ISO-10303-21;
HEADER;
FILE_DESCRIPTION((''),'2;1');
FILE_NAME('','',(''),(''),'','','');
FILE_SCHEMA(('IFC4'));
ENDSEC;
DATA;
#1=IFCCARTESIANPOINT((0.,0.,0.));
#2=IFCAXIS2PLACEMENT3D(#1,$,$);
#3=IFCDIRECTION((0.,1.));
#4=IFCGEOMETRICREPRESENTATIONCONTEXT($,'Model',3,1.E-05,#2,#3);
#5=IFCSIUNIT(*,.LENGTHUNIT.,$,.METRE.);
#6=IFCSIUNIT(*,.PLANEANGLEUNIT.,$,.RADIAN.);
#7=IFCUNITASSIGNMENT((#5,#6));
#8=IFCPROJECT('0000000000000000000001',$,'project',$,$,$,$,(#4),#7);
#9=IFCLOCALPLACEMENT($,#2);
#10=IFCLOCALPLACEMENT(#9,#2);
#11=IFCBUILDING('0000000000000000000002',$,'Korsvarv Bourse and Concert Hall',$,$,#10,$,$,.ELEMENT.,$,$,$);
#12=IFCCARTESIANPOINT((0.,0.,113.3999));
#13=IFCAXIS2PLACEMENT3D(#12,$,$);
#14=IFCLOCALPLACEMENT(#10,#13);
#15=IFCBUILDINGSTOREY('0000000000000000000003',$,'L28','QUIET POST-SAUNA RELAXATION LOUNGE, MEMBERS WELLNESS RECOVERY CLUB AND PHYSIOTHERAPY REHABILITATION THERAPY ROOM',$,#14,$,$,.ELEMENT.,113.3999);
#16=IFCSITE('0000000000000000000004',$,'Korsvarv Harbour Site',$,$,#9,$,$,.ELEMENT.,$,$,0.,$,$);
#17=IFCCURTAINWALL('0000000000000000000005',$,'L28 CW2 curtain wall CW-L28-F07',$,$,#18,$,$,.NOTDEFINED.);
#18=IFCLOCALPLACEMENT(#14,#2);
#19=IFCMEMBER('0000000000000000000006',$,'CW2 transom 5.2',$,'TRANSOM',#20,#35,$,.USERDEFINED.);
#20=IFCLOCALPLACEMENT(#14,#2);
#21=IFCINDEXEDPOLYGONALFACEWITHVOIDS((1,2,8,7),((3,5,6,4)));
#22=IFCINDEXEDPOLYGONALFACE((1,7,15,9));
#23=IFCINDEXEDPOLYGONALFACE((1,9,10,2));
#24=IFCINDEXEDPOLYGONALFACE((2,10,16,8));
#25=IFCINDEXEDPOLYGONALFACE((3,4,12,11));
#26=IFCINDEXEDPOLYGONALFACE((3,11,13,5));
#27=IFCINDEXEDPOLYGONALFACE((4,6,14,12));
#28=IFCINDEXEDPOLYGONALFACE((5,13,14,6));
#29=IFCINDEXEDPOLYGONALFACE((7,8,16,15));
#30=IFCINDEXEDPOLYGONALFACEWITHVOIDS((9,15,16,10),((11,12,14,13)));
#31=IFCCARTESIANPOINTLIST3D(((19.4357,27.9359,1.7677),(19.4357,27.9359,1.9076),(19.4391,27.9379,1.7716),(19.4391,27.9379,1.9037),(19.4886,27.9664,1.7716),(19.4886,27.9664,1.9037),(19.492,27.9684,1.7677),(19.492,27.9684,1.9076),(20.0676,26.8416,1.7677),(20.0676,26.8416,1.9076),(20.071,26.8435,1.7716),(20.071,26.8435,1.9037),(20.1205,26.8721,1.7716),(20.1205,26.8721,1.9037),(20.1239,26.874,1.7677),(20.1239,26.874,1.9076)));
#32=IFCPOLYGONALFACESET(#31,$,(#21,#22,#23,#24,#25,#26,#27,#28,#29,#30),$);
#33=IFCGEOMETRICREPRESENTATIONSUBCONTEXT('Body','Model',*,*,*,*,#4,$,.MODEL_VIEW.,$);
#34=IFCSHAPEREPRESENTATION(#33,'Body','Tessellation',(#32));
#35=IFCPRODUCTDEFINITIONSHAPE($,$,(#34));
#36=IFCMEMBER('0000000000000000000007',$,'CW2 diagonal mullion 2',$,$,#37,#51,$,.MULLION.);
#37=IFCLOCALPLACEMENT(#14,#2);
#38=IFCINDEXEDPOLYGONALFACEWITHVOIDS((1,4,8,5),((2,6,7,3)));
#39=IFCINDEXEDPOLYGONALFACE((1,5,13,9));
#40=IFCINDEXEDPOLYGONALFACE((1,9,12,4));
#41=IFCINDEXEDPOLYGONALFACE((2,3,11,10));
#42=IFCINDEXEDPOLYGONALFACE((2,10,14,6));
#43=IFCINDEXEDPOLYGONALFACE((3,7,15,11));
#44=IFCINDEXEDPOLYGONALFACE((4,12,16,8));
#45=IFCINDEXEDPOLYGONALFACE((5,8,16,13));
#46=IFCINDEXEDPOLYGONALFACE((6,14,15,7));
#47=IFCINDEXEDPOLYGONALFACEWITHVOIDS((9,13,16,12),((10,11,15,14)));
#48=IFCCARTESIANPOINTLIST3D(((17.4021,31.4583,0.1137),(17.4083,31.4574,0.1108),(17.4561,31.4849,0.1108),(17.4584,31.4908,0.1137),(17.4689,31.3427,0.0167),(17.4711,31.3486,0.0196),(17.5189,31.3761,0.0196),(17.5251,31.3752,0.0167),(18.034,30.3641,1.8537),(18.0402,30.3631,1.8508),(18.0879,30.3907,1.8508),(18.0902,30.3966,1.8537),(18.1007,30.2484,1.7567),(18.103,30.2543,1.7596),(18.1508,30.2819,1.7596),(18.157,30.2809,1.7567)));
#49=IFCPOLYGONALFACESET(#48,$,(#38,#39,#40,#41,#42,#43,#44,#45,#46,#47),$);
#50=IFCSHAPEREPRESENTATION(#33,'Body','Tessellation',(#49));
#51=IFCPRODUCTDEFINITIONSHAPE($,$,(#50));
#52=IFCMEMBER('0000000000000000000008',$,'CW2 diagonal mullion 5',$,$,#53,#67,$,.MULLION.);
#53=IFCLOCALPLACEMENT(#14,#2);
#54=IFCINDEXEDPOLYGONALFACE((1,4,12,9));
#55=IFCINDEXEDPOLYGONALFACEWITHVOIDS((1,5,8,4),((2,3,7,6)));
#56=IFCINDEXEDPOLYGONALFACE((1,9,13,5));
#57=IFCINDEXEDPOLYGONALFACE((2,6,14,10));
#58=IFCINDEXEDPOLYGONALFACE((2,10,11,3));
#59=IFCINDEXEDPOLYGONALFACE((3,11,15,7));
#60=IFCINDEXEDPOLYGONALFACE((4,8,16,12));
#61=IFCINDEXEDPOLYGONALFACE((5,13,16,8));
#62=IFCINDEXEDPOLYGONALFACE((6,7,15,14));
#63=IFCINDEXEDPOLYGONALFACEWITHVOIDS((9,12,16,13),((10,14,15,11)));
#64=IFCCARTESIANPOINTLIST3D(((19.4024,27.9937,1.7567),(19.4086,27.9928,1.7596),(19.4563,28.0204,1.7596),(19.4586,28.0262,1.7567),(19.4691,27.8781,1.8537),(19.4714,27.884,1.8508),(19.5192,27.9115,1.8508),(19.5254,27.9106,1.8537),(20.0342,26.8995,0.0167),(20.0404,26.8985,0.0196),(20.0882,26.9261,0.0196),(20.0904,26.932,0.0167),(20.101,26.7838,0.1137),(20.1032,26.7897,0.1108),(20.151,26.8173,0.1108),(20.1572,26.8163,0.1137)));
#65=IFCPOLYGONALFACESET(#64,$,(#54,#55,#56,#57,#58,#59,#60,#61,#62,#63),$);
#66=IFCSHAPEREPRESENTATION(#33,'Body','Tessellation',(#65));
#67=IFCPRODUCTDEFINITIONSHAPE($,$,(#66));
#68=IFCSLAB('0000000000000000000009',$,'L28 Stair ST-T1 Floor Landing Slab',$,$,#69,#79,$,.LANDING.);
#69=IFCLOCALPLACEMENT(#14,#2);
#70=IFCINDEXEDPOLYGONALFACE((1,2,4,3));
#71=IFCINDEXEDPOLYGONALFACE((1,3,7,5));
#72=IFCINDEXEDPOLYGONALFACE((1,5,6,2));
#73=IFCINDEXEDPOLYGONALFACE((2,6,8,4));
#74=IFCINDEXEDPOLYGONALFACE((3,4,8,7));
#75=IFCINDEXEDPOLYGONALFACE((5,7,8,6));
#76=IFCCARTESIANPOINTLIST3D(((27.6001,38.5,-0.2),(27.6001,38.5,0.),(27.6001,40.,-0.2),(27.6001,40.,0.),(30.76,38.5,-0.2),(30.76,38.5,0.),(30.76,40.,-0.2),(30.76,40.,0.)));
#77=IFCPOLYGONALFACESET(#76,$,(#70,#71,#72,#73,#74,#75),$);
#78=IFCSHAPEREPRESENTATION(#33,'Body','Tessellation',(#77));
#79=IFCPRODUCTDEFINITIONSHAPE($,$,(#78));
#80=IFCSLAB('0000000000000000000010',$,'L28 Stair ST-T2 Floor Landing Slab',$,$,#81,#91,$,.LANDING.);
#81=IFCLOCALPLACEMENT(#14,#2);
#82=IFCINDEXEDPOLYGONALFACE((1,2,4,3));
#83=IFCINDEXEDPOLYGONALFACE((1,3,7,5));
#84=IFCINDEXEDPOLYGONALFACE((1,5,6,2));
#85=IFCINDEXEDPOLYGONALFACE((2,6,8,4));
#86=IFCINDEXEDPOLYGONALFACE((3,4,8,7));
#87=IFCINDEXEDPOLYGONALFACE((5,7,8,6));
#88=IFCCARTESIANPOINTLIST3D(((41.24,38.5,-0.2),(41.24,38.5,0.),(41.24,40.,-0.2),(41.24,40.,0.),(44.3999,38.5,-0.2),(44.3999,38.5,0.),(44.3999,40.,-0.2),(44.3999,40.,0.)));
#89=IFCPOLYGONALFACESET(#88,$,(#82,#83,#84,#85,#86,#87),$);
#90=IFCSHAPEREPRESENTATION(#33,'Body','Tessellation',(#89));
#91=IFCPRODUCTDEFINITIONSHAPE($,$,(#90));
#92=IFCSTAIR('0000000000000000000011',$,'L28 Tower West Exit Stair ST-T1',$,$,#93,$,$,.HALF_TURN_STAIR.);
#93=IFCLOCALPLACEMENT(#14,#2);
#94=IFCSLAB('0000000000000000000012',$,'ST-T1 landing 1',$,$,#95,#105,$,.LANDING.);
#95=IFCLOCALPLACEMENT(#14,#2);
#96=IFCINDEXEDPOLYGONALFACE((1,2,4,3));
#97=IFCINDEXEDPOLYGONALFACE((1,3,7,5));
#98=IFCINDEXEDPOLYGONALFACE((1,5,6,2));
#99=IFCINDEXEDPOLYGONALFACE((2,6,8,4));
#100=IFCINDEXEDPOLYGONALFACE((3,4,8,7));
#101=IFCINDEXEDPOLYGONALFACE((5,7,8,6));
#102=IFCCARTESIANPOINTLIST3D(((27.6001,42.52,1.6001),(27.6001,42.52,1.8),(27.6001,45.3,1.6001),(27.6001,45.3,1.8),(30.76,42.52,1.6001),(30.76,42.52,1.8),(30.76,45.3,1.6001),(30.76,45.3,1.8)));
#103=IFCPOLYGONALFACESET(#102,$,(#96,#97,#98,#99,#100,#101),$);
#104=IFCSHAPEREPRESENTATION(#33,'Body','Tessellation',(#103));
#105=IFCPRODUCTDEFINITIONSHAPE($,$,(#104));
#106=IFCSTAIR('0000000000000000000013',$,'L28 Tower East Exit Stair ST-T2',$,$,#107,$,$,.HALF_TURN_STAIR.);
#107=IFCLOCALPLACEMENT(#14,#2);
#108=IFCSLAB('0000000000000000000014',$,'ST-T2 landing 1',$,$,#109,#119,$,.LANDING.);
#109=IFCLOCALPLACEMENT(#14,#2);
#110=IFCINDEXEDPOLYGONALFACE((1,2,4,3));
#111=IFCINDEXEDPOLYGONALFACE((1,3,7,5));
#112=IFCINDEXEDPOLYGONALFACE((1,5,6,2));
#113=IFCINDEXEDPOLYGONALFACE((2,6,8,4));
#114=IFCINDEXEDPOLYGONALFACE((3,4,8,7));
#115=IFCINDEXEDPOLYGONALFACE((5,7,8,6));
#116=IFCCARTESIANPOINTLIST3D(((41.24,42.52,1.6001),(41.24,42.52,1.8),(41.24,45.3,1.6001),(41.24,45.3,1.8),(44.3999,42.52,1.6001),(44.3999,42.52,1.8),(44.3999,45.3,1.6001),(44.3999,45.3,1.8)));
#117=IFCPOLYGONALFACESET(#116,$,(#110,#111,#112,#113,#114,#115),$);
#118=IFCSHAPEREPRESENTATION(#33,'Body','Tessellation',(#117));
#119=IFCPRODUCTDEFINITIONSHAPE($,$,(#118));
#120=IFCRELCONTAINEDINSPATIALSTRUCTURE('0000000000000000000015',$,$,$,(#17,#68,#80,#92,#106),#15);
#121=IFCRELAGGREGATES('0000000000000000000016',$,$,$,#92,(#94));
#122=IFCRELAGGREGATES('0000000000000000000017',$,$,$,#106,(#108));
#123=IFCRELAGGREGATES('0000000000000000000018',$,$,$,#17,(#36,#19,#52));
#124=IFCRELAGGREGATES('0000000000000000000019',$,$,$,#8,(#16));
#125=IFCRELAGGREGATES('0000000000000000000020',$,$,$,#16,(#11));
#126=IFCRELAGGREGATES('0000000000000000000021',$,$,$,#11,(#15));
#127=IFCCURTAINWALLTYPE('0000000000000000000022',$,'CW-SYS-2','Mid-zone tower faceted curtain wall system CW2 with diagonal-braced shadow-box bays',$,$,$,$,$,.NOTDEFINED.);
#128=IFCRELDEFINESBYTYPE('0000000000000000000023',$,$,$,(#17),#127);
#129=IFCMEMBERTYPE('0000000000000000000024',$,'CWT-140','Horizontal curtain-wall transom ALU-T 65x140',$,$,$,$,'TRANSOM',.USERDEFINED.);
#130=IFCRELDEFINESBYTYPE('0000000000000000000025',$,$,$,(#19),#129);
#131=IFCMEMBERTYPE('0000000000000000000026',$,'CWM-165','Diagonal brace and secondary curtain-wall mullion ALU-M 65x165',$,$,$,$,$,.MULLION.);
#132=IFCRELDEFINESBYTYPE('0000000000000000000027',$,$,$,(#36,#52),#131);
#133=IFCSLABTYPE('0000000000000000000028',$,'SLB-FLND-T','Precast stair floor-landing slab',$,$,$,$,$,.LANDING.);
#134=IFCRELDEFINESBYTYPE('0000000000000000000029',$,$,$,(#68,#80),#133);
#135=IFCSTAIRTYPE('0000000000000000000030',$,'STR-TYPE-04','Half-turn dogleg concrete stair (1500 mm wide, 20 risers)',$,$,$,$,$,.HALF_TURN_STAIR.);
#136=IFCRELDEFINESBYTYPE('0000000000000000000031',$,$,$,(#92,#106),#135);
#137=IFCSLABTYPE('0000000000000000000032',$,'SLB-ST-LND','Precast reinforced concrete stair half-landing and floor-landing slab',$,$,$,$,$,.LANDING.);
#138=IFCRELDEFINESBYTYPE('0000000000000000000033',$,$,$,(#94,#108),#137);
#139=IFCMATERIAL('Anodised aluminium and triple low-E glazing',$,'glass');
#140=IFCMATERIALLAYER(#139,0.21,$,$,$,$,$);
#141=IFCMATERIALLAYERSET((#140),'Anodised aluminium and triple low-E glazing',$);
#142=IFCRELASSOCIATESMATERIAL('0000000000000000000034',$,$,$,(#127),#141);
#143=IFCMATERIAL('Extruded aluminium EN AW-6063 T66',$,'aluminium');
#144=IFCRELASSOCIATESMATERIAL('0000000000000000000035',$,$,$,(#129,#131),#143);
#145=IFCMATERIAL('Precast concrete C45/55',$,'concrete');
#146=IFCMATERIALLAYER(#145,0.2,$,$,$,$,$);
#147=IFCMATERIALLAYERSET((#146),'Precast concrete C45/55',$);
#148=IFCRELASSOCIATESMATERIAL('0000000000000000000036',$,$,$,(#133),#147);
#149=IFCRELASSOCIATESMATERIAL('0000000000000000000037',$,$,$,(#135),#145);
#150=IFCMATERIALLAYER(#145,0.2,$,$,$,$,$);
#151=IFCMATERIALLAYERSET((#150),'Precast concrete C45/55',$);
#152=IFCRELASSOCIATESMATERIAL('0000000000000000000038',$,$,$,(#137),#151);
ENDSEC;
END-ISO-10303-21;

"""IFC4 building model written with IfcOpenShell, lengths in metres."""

from ifc_helpers import new_model, si_unit, direction, frame, origin, origin_2d, place, context, subcontext, project, spatial, polyline, hollow_rectangle, outline, extrude, source, transform, mapped, material, layer, layer_set, material_profile, profile_set, type_object, element, aggregate, save


model = new_model("IFC4")

# Units and contexts
model_context = context("Model", 3, precision=1e-05, world=origin(), true_north=direction((0.0, 1.0)))
body_context = subcontext(model_context, "Body", "Model", "MODEL_VIEW")
ifc_project = project(units=[si_unit("LENGTHUNIT", "METRE"), si_unit("PLANEANGLEUNIT", "RADIAN")], contexts=[model_context])

# Site, building, storey
site_placement = place(None, origin())
site = spatial("IfcSite", under=ifc_project, at=site_placement, Name="Korsvarv Harbour Site", CompositionType="ELEMENT", RefElevation=0.0)
building_placement = place(site_placement, origin())
building = spatial("IfcBuilding", under=site, at=building_placement, Name="Korsvarv Bourse and Concert Hall", CompositionType="ELEMENT")
storey_placement = place(building_placement, frame((0.0, 0.0, 113.3999)))
storey = spatial("IfcBuildingStorey", under=building, at=storey_placement, Name="L28", Description="QUIET POST-SAUNA RELAXATION LOUNGE, MEMBERS WELLNESS RECOVERY CLUB AND PHYSIOTHERAPY REHABILITATION THERAPY ROOM", CompositionType="ELEMENT", Elevation=113.3999)

# Curtain wall, members
ifc_material_1 = material(Name="Anodised aluminium and triple low-E glazing", Category="glass")
ifc_layer_1 = layer(ifc_material_1, 0.21)
ifc_layer_set_1 = layer_set([ifc_layer_1], Name="Anodised aluminium and triple low-E glazing")
curtain_wall_type = type_object("IfcCurtainWallType", Name="CW-SYS-2", Description="Mid-zone tower faceted curtain wall system CW2 with diagonal-braced shadow-box bays", PredefinedType="NOTDEFINED", material=ifc_layer_set_1)
curtain_wall_placement = place(storey_placement, origin())
curtain_wall = element("IfcCurtainWall", 1, at=curtain_wall_placement, inside=storey, type_object=curtain_wall_type, Name="L28 CW2 curtain wall CW-L28-F07", PredefinedType="NOTDEFINED")
ifc_material_2 = material(Name="Extruded aluminium EN AW-6063 T66", Category="aluminium")
ifc_material_profile_1 = material_profile(ifc_material_2, hollow_rectangle(XDim=0.0649, YDim=0.1399, WallThickness=0.0039, at=origin_2d()), Name="ALU-T 65x140")
ifc_profile_set_1 = profile_set([ifc_material_profile_1], Name="Extruded aluminium EN AW-6063 T66")
member_type_1 = type_object("IfcMemberType", Name="CWT-140", Description="Horizontal curtain-wall transom ALU-T 65x140", ElementType="TRANSOM", PredefinedType="USERDEFINED", material=ifc_profile_set_1)
shared_shape_1 = source(origin(), body_context, "Body", "SweptSolid", [
    extrude(hollow_rectangle(XDim=0.0649, YDim=0.1399, WallThickness=0.0039, at=origin_2d()), origin(), (0.0, 0.0, 1.0), 1.2637),
])
member_1_placement = place(storey_placement, frame((19.4639, 27.9521, 1.8376), z_axis=(0.500046, -0.865999, 0.0), x_axis=(0.865999, 0.500046, 0.0)))
member_1 = element("IfcMember", 2, at=member_1_placement, type_object=member_type_1, Name="CW2 transom 5.2", ObjectType="TRANSOM", PredefinedType="USERDEFINED", context=body_context, shape_type="MappedRepresentation", body=[
    mapped(shared_shape_1, transform((0.0, 0.0, 0.0), scale=1.0)),
])
ifc_material_profile_2 = material_profile(ifc_material_2, hollow_rectangle(XDim=0.0649, YDim=0.165, WallThickness=0.0049, at=origin_2d()), Name="ALU-M 65x165")
ifc_profile_set_2 = profile_set([ifc_material_profile_2], Name="Extruded aluminium EN AW-6063 T66")
member_type_2 = type_object("IfcMemberType", Name="CWM-165", Description="Diagonal brace and secondary curtain-wall mullion ALU-M 65x165", PredefinedType="MULLION", material=ifc_profile_set_2)
shared_shape_2 = source(origin(), body_context, "Body", "SweptSolid", [
    extrude(hollow_rectangle(XDim=0.0649, YDim=0.165, WallThickness=0.0049, at=origin_2d()), origin(), (0.0, 0.0, 1.0), 2.1504),
])
member_2_placement = place(storey_placement, frame((17.4636, 31.4167, 0.0652), z_axis=(0.293825, -0.508858, 0.809154), x_axis=(0.865999, 0.500046, 0.0)))
member_2 = element("IfcMember", 3, at=member_2_placement, type_object=member_type_2, Name="CW2 diagonal mullion 2", PredefinedType="MULLION", context=body_context, shape_type="MappedRepresentation", body=[
    mapped(shared_shape_2, transform((0.0, 0.0, 0.0), scale=1.0)),
])
member_3_placement = place(storey_placement, frame((20.0957, 26.8579, 0.0652), z_axis=(-0.293825, 0.508858, 0.809154), x_axis=(-0.865999, -0.500046, 0.0)))
member_3 = element("IfcMember", 4, at=member_3_placement, type_object=member_type_2, Name="CW2 diagonal mullion 5", PredefinedType="MULLION", context=body_context, shape_type="MappedRepresentation", body=[
    mapped(shared_shape_2, transform((0.0, 0.0, 0.0), scale=1.0)),
])

# Slabs
ifc_material_3 = material(Name="Precast concrete C45/55", Category="concrete")
ifc_layer_2 = layer(ifc_material_3, 0.2)
ifc_layer_set_2 = layer_set([ifc_layer_2], Name="Precast concrete C45/55")
slab_type_1 = type_object("IfcSlabType", Name="SLB-FLND-T", Description="Precast stair floor-landing slab", PredefinedType="LANDING", material=ifc_layer_set_2)
slab_1_placement = place(storey_placement, frame((0.0, 0.0, -0.2)))
element("IfcSlab", 5, at=slab_1_placement, inside=storey, type_object=slab_type_1, Name="L28 Stair ST-T1 Floor Landing Slab", PredefinedType="LANDING", context=body_context, shape_type="SweptSolid", body=[
    extrude(outline(polyline([(30.76, 38.5), (30.76, 40.0), (27.6001, 40.0), (27.6001, 38.5), (30.76, 38.5)])), origin(), (0.0, 0.0, 1.0), 0.2),
])
slab_2_placement = place(storey_placement, frame((0.0, 0.0, -0.2)))
element("IfcSlab", 6, at=slab_2_placement, inside=storey, type_object=slab_type_1, Name="L28 Stair ST-T2 Floor Landing Slab", PredefinedType="LANDING", context=body_context, shape_type="SweptSolid", body=[
    extrude(outline(polyline([(44.3999, 38.5), (44.3999, 40.0), (41.24, 40.0), (41.24, 38.5), (44.3999, 38.5)])), origin(), (0.0, 0.0, 1.0), 0.2),
])

# Stairs, slabs
stair_type = type_object("IfcStairType", Name="STR-TYPE-04", Description="Half-turn dogleg concrete stair (1500 mm wide, 20 risers)", PredefinedType="HALF_TURN_STAIR", material=ifc_material_3)
stair_1_placement = place(storey_placement, origin())
stair_1 = element("IfcStair", 7, at=stair_1_placement, inside=storey, type_object=stair_type, Name="L28 Tower West Exit Stair ST-T1", PredefinedType="HALF_TURN_STAIR")
ifc_layer_3 = layer(ifc_material_3, 0.2)
ifc_layer_set_3 = layer_set([ifc_layer_3], Name="Precast concrete C45/55")
slab_type_2 = type_object("IfcSlabType", Name="SLB-ST-LND", Description="Precast reinforced concrete stair half-landing and floor-landing slab", PredefinedType="LANDING", material=ifc_layer_set_3)
slab_3_placement = place(storey_placement, frame((0.0, 0.0, 1.6001)))
slab_3 = element("IfcSlab", 8, at=slab_3_placement, type_object=slab_type_2, Name="ST-T1 landing 1", PredefinedType="LANDING", context=body_context, shape_type="SweptSolid", body=[
    extrude(outline(polyline([(30.76, 42.52), (30.76, 45.3), (27.6001, 45.3), (27.6001, 42.52), (30.76, 42.52)])), origin(), (0.0, 0.0, 1.0), 0.2),
])
aggregate(stair_1, [slab_3])
stair_2_placement = place(storey_placement, origin())
stair_2 = element("IfcStair", 9, at=stair_2_placement, inside=storey, type_object=stair_type, Name="L28 Tower East Exit Stair ST-T2", PredefinedType="HALF_TURN_STAIR")
slab_4_placement = place(storey_placement, frame((0.0, 0.0, 1.6001)))
slab_4 = element("IfcSlab", 10, at=slab_4_placement, type_object=slab_type_2, Name="ST-T2 landing 1", PredefinedType="LANDING", context=body_context, shape_type="SweptSolid", body=[
    extrude(outline(polyline([(44.3999, 42.52), (44.3999, 45.3), (41.24, 45.3), (41.24, 42.52), (44.3999, 42.52)])), origin(), (0.0, 0.0, 1.0), 0.2),
])
aggregate(stair_2, [slab_4])

aggregate(curtain_wall, [member_2, member_1, member_3])

save(model, "model.ifc")
